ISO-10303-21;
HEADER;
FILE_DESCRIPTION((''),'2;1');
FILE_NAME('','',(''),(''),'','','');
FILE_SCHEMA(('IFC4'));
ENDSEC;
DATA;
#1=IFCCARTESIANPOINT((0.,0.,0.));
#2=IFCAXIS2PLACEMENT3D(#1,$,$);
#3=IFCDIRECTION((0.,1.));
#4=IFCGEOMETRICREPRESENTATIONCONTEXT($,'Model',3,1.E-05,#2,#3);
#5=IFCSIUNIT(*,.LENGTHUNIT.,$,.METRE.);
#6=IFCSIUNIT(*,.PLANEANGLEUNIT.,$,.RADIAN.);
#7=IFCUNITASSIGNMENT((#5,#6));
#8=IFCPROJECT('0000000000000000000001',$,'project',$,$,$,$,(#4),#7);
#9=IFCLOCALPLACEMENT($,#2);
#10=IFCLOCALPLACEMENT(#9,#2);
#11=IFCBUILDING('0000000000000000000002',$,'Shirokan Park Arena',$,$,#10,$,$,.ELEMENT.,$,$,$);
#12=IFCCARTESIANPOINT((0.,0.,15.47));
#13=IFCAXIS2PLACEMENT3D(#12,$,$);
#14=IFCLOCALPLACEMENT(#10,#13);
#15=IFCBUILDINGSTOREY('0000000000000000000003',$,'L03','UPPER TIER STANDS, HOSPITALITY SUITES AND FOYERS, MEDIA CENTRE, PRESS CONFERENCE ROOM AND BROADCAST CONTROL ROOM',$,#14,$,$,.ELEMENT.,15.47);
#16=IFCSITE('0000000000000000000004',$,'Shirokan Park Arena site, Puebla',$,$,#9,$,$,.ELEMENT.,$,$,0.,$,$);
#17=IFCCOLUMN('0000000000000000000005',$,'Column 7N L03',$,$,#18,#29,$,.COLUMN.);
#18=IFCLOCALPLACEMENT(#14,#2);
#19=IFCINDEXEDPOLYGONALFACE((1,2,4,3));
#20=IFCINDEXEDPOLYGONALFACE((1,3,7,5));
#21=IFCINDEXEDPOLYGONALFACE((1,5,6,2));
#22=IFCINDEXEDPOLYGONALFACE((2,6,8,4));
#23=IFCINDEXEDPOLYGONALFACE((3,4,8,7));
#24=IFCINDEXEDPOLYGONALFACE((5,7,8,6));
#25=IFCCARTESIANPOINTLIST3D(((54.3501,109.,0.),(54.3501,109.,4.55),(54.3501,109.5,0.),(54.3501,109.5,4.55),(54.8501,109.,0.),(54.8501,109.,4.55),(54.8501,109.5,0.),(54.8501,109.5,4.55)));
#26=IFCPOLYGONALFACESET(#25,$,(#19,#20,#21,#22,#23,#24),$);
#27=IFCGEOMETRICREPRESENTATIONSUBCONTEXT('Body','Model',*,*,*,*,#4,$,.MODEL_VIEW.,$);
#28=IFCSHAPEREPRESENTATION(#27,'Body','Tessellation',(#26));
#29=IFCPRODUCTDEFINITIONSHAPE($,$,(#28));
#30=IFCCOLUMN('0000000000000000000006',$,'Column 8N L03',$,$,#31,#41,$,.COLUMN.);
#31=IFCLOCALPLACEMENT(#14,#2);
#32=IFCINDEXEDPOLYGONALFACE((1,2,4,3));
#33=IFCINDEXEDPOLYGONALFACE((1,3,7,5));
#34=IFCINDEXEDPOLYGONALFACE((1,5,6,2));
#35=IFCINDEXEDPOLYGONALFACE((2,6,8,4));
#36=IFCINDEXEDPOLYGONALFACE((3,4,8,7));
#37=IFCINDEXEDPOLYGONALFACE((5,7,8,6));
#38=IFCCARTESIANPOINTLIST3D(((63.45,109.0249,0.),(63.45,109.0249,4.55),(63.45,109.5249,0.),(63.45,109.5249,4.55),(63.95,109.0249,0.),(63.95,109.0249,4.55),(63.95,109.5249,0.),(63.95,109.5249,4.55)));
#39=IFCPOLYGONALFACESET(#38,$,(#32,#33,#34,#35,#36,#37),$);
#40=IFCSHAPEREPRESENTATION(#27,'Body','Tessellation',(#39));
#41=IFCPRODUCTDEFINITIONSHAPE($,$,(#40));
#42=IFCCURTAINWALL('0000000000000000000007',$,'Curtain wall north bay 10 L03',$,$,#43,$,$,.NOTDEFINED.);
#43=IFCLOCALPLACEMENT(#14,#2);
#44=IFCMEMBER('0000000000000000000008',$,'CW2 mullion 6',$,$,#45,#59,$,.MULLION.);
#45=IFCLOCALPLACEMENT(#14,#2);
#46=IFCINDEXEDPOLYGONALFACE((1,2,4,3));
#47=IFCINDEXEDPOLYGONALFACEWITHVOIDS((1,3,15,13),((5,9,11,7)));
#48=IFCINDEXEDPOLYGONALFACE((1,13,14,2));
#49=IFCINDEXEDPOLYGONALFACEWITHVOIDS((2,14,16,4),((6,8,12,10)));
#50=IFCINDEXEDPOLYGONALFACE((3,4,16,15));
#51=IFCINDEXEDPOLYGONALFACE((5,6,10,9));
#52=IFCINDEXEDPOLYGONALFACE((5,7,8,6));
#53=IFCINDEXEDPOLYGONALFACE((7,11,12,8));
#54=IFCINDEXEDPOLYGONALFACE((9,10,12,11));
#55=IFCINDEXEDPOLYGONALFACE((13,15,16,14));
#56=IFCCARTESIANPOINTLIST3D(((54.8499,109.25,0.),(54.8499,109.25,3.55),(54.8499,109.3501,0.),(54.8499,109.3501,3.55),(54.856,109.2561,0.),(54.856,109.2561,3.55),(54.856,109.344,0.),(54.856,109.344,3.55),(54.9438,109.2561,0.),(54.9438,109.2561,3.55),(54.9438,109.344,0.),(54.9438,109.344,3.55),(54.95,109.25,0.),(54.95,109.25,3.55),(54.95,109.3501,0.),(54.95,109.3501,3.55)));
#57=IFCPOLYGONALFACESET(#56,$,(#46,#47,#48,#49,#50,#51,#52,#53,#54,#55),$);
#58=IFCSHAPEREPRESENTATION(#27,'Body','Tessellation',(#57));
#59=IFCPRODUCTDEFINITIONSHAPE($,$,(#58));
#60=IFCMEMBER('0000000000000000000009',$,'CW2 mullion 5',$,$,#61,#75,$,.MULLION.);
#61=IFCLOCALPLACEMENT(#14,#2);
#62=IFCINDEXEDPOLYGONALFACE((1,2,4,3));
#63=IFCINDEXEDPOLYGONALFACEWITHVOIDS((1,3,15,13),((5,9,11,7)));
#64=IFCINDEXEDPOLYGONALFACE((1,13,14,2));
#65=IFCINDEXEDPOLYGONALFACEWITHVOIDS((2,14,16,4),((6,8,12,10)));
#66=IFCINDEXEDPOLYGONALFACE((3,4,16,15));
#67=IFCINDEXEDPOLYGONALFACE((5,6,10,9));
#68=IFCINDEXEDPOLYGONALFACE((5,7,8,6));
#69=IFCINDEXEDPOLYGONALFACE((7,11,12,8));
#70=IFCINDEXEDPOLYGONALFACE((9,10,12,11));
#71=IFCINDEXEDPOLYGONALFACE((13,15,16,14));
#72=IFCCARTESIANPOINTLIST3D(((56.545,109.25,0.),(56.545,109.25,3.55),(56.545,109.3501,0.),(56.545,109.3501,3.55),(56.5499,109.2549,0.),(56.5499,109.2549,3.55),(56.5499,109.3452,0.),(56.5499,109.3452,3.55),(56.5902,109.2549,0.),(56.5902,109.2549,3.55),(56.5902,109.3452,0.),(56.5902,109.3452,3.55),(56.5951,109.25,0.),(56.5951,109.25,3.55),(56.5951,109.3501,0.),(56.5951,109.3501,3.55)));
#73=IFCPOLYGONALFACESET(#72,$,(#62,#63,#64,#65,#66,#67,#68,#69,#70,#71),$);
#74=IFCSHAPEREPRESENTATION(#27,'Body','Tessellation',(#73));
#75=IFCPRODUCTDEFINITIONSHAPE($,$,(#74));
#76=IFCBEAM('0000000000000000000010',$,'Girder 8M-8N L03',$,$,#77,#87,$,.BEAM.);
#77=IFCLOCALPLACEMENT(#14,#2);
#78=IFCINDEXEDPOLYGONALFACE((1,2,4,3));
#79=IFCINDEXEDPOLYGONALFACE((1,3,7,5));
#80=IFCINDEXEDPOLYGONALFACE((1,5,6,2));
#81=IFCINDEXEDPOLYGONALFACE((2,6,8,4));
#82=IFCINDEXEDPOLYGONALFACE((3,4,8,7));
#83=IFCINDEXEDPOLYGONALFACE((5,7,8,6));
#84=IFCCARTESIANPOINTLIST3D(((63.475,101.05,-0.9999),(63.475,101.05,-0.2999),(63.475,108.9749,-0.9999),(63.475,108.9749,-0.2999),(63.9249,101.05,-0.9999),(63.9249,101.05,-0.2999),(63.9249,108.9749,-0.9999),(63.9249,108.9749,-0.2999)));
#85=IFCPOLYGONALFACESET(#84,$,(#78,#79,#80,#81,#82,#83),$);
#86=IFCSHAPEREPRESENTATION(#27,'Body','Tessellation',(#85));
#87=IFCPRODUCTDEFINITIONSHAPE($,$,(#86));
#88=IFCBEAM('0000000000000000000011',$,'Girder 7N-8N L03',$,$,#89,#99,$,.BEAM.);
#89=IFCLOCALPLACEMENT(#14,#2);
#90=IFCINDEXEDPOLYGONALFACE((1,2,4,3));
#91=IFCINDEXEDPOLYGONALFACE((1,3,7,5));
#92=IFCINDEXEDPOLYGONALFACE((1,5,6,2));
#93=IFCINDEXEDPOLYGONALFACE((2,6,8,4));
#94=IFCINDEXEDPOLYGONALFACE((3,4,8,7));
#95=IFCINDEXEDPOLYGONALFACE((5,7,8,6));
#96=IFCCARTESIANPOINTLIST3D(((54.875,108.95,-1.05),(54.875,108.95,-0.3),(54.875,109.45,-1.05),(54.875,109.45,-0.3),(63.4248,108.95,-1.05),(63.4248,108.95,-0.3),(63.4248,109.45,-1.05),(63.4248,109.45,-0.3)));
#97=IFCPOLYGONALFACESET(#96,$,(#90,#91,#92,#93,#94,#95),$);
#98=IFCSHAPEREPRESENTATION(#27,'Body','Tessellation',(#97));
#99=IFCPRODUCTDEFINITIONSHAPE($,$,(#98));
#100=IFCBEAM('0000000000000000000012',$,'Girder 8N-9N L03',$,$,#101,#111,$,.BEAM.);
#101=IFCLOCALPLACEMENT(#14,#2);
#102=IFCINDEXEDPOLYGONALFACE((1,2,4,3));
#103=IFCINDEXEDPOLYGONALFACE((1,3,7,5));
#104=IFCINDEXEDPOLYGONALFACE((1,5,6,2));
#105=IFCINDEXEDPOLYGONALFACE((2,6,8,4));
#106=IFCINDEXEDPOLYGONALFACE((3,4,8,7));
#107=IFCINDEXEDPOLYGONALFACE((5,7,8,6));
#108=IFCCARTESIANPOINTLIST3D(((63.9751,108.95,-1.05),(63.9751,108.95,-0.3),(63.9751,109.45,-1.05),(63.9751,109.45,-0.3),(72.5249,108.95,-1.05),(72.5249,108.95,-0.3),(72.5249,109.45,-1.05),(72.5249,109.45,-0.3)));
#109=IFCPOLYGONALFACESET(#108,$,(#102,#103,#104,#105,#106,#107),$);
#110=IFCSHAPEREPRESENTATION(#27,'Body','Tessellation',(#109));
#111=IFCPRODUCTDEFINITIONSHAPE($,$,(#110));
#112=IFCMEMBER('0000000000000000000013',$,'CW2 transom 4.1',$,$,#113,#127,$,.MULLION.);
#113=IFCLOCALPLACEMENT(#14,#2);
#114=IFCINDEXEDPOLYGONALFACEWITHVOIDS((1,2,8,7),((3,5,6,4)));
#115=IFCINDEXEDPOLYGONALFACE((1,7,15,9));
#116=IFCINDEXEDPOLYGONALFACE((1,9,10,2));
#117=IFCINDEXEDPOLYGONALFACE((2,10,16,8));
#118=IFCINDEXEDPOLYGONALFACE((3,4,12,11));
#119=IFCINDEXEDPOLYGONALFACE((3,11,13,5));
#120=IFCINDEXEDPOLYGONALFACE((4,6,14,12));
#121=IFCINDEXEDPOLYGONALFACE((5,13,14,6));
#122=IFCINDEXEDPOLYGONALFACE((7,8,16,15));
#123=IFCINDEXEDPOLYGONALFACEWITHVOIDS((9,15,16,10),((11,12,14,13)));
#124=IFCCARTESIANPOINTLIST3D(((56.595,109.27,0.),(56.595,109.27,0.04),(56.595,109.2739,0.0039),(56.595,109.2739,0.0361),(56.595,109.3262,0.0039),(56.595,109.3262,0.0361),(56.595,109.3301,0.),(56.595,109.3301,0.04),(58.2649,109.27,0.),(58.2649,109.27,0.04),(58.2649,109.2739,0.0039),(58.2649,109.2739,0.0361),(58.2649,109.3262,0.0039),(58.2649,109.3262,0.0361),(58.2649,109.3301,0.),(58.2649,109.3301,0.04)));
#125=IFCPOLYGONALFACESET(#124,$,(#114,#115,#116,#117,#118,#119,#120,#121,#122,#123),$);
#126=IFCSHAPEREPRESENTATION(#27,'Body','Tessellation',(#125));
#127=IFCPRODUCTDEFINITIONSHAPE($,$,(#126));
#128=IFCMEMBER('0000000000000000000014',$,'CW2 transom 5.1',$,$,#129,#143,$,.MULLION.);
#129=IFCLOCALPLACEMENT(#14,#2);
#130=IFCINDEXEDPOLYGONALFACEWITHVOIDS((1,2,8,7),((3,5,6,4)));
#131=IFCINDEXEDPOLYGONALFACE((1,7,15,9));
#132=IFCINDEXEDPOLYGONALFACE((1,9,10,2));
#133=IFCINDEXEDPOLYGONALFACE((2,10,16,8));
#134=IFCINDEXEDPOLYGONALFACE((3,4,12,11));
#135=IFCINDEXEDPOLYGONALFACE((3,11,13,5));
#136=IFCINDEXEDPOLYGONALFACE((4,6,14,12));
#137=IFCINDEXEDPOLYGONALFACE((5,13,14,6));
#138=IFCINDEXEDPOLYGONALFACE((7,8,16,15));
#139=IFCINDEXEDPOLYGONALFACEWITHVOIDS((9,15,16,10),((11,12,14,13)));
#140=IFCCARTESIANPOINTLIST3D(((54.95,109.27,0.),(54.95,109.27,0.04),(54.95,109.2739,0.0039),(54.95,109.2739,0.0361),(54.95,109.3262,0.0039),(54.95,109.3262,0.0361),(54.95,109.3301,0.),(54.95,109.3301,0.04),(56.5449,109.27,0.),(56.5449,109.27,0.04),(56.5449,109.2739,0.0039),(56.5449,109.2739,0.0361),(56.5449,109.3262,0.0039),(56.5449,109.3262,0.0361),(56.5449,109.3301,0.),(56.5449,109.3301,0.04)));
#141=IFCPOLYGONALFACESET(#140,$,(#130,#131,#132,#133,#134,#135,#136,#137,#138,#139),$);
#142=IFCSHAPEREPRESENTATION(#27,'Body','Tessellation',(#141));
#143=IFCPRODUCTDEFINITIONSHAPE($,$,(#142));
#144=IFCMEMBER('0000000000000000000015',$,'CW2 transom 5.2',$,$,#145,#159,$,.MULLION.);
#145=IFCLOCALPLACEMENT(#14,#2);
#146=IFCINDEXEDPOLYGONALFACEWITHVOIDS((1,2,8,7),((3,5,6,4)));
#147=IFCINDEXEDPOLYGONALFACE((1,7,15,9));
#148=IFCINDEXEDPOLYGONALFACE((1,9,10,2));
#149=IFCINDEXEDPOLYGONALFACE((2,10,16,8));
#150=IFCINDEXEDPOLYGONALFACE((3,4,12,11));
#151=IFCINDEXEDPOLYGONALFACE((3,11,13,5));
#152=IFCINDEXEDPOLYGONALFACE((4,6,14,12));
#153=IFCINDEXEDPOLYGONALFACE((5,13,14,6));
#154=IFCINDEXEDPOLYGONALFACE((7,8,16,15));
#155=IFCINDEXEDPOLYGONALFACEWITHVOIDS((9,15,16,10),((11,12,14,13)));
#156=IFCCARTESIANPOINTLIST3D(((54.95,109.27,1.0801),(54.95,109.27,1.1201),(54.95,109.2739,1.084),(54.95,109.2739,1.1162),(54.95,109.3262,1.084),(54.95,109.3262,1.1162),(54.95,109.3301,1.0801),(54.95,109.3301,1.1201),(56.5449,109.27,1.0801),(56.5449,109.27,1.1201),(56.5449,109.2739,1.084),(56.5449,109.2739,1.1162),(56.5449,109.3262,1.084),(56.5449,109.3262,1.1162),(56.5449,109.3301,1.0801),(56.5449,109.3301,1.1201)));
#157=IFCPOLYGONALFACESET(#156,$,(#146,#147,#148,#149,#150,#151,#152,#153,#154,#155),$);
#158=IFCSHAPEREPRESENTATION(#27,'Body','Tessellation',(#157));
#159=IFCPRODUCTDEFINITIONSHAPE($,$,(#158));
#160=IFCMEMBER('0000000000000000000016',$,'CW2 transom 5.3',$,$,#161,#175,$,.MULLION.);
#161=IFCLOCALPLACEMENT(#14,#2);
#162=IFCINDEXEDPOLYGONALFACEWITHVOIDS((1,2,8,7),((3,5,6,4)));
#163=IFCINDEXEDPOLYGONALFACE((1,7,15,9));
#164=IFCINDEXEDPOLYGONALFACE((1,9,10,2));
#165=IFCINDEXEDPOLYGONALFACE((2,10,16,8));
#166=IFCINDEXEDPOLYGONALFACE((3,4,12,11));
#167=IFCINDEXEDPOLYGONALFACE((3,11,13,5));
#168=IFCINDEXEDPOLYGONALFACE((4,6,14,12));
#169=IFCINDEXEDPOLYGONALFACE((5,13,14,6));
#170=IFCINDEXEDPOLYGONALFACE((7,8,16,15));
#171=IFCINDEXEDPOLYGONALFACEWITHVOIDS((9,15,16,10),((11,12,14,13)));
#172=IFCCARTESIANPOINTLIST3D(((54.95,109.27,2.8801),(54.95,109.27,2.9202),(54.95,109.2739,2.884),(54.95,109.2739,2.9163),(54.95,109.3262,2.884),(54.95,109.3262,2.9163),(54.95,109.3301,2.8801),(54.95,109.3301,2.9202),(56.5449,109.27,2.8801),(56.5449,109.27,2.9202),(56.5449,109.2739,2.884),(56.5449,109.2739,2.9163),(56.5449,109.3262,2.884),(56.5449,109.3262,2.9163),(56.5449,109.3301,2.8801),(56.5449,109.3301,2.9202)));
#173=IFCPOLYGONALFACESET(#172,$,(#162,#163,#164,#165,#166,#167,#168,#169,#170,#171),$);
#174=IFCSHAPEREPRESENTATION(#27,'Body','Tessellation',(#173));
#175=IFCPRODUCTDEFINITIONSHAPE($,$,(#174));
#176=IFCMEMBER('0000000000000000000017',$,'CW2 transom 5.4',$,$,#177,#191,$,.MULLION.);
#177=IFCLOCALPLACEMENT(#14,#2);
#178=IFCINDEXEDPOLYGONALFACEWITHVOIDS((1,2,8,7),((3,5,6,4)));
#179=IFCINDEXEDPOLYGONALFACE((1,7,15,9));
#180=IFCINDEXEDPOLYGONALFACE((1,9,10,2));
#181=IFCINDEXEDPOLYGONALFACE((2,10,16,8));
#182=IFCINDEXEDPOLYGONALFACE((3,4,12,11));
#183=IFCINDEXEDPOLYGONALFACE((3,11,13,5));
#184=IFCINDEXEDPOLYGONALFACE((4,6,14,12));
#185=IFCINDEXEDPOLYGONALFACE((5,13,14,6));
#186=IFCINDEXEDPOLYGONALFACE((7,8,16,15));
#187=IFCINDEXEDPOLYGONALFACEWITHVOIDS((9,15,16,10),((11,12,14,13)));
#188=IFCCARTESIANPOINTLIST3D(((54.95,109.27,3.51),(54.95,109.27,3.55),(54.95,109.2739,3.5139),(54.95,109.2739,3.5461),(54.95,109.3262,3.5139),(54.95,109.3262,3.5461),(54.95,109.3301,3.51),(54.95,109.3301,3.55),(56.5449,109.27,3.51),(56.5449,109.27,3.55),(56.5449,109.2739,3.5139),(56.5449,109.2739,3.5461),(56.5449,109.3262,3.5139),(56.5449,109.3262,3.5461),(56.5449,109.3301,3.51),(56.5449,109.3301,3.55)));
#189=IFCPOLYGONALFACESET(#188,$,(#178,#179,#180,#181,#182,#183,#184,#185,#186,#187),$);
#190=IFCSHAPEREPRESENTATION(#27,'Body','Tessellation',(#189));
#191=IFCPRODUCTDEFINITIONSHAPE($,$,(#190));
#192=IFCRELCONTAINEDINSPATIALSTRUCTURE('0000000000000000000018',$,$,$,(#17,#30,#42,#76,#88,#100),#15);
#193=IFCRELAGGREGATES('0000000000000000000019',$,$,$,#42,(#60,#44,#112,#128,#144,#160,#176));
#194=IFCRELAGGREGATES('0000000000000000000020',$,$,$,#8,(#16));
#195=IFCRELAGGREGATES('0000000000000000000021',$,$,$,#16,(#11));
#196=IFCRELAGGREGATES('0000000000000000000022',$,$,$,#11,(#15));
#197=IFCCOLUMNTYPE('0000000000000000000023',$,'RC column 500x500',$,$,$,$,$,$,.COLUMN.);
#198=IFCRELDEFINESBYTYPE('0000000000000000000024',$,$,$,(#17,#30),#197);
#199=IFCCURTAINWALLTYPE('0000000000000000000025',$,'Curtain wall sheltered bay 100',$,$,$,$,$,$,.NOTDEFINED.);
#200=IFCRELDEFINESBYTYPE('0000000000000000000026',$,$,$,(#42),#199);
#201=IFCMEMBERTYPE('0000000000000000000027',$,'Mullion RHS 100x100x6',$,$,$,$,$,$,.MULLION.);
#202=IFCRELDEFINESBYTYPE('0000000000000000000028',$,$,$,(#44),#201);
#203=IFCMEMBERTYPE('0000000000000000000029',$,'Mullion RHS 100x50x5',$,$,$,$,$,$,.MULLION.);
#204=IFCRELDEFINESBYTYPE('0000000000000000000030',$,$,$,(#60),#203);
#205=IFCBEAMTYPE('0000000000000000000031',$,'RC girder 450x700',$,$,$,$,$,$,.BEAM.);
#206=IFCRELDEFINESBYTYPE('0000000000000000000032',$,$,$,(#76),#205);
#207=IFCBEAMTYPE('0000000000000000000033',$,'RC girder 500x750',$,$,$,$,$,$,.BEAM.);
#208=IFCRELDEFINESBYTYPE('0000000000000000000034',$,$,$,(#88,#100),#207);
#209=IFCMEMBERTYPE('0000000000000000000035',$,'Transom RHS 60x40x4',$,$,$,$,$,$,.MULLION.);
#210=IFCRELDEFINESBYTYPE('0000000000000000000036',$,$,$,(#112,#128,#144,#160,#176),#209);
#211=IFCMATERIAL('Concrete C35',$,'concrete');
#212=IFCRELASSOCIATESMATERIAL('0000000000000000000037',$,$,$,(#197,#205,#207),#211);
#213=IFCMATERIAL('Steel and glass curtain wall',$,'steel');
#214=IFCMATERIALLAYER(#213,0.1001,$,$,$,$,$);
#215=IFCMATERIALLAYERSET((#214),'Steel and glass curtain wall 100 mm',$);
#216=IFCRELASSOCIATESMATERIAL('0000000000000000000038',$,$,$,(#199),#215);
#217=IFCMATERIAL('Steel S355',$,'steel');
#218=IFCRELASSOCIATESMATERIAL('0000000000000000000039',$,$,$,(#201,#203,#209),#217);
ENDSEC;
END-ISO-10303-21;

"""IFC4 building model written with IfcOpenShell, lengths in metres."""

from ifc_helpers import new_model, si_unit, direction, frame, origin, origin_2d, place, context, subcontext, project, spatial, rectangle, hollow_rectangle, extrude, material, layer, layer_set, material_profile, profile_set, type_object, element, aggregate, save


model = new_model("IFC4")

# Units and contexts
model_context = context("Model", 3, precision=1e-05, world=origin(), true_north=direction((0.0, 1.0)))
body_context = subcontext(model_context, "Body", "Model", "MODEL_VIEW")
ifc_project = project(units=[si_unit("LENGTHUNIT", "METRE"), si_unit("PLANEANGLEUNIT", "RADIAN")], contexts=[model_context])

# Site, building, storey
site_placement = place(None, origin())
site = spatial("IfcSite", under=ifc_project, at=site_placement, Name="Shirokan Park Arena site, Puebla", CompositionType="ELEMENT", RefElevation=0.0)
building_placement = place(site_placement, origin())
building = spatial("IfcBuilding", under=site, at=building_placement, Name="Shirokan Park Arena", CompositionType="ELEMENT")
storey_placement = place(building_placement, frame((0.0, 0.0, 15.47)))
storey = spatial("IfcBuildingStorey", under=building, at=storey_placement, Name="L03", Description="UPPER TIER STANDS, HOSPITALITY SUITES AND FOYERS, MEDIA CENTRE, PRESS CONFERENCE ROOM AND BROADCAST CONTROL ROOM", CompositionType="ELEMENT", Elevation=15.47)

# Columns
ifc_material_1 = material(Name="Concrete C35", Category="concrete")
ifc_material_profile_1 = material_profile(ifc_material_1, rectangle(XDim=0.5, YDim=0.5, at=origin_2d()), Name="500x500")
ifc_profile_set_1 = profile_set([ifc_material_profile_1], Name="Concrete C35")
column_type = type_object("IfcColumnType", Name="RC column 500x500", PredefinedType="COLUMN", material=ifc_profile_set_1)
for number, where, z_axis, x_axis, name in (
    (1, (54.6001, 109.25, 0.0), (0.0, 0.0, 1.0), (1.0, 0.0, 0.0), "Column 7N L03"),
    (2, (63.7, 109.2749, 0.0), (0.0, 0.0, 1.0), (1.0, 0.0, 0.0), "Column 8N L03"),
):
    element("IfcColumn", number, at=place(storey_placement, frame(where, z_axis=z_axis, x_axis=x_axis)), inside=storey, type_object=column_type, Name=name, PredefinedType="COLUMN", context=body_context, shape_type="SweptSolid", body=[
        extrude(rectangle(XDim=0.5, YDim=0.5, at=origin_2d()), origin(), (0.0, 0.0, 1.0), 4.55),
    ])

# Curtain wall, members
ifc_material_2 = material(Name="Steel and glass curtain wall", Category="steel")
ifc_layer_1 = layer(ifc_material_2, 0.1001)
ifc_layer_set_1 = layer_set([ifc_layer_1], Name="Steel and glass curtain wall 100 mm")
curtain_wall_type = type_object("IfcCurtainWallType", Name="Curtain wall sheltered bay 100", PredefinedType="NOTDEFINED", material=ifc_layer_set_1)
curtain_wall_placement = place(storey_placement, origin())
curtain_wall = element("IfcCurtainWall", 3, at=curtain_wall_placement, inside=storey, type_object=curtain_wall_type, Name="Curtain wall north bay 10 L03", PredefinedType="NOTDEFINED")
ifc_material_3 = material(Name="Steel S355", Category="steel")
ifc_material_profile_2 = material_profile(ifc_material_3, hollow_rectangle(XDim=0.1001, YDim=0.1001, WallThickness=0.0061, at=origin_2d()), Name="RHS 100x100x6")
ifc_profile_set_2 = profile_set([ifc_material_profile_2], Name="Steel S355")
member_type_1 = type_object("IfcMemberType", Name="Mullion RHS 100x100x6", PredefinedType="MULLION", material=ifc_profile_set_2)
member_1_placement = place(storey_placement, frame((54.8999, 109.3, 0.0), z_axis=(0.0, 0.0, 1.0), x_axis=(0.0, -1.0, 0.0)))
member_1 = element("IfcMember", 4, at=member_1_placement, type_object=member_type_1, Name="CW2 mullion 6", PredefinedType="MULLION", context=body_context, shape_type="SweptSolid", body=[
    extrude(hollow_rectangle(XDim=0.1001, YDim=0.1001, WallThickness=0.0061, at=origin_2d()), origin(), (0.0, 0.0, 1.0), 3.55),
])
ifc_material_profile_3 = material_profile(ifc_material_3, hollow_rectangle(XDim=0.1001, YDim=0.05, WallThickness=0.0049, at=origin_2d()), Name="RHS 100x50x5")
ifc_profile_set_3 = profile_set([ifc_material_profile_3], Name="Steel S355")
member_type_2 = type_object("IfcMemberType", Name="Mullion RHS 100x50x5", PredefinedType="MULLION", material=ifc_profile_set_3)
member_2_placement = place(storey_placement, frame((56.5701, 109.3, 0.0), z_axis=(0.0, 0.0, 1.0), x_axis=(0.0, -1.0, 0.0)))
member_2 = element("IfcMember", 5, at=member_2_placement, type_object=member_type_2, Name="CW2 mullion 5", PredefinedType="MULLION", context=body_context, shape_type="SweptSolid", body=[
    extrude(hollow_rectangle(XDim=0.1001, YDim=0.05, WallThickness=0.0049, at=origin_2d()), origin(), (0.0, 0.0, 1.0), 3.55),
])

# Beams
ifc_material_profile_4 = material_profile(ifc_material_1, rectangle(XDim=0.45, YDim=0.7, at=origin_2d()), Name="450x700")
ifc_profile_set_4 = profile_set([ifc_material_profile_4], Name="Concrete C35")
beam_type_1 = type_object("IfcBeamType", Name="RC girder 450x700", PredefinedType="BEAM", material=ifc_profile_set_4)
beam_placement = place(storey_placement, frame((63.7, 101.05, -0.6499), z_axis=(0.0, 1.0, 0.0), x_axis=(-1.0, 0.0, 0.0)))
element("IfcBeam", 6, at=beam_placement, inside=storey, type_object=beam_type_1, Name="Girder 8M-8N L03", PredefinedType="BEAM", context=body_context, shape_type="SweptSolid", body=[
    extrude(rectangle(XDim=0.45, YDim=0.7, at=origin_2d()), origin(), (0.0, 0.0, 1.0), 7.9248),
])
ifc_material_profile_5 = material_profile(ifc_material_1, rectangle(XDim=0.5, YDim=0.75, at=origin_2d()), Name="500x750")
ifc_profile_set_5 = profile_set([ifc_material_profile_5], Name="Concrete C35")
beam_type_2 = type_object("IfcBeamType", Name="RC girder 500x750", PredefinedType="BEAM", material=ifc_profile_set_5)
for number, where, z_axis, x_axis, name in (
    (7, (54.875, 109.2, -0.675), (1.0, 0.0, 0.0), (0.0, 1.0, 0.0), "Girder 7N-8N L03"),
    (8, (63.9751, 109.2, -0.675), (1.0, 0.0, 0.0), (0.0, 1.0, 0.0), "Girder 8N-9N L03"),
):
    element("IfcBeam", number, at=place(storey_placement, frame(where, z_axis=z_axis, x_axis=x_axis)), inside=storey, type_object=beam_type_2, Name=name, PredefinedType="BEAM", context=body_context, shape_type="SweptSolid", body=[
        extrude(rectangle(XDim=0.5, YDim=0.75, at=origin_2d()), origin(), (0.0, 0.0, 1.0), 8.5498),
    ])

# Members
ifc_material_profile_6 = material_profile(ifc_material_3, hollow_rectangle(XDim=0.0601, YDim=0.04, WallThickness=0.0039, at=origin_2d()), Name="RHS 60x40x4")
ifc_profile_set_6 = profile_set([ifc_material_profile_6], Name="Steel S355")
member_type_3 = type_object("IfcMemberType", Name="Transom RHS 60x40x4", PredefinedType="MULLION", material=ifc_profile_set_6)
member_3_placement = place(storey_placement, frame((58.2649, 109.3, 0.02), z_axis=(-1.0, 0.0, 0.0), x_axis=(0.0, -1.0, 0.0)))
member_3 = element("IfcMember", 9, at=member_3_placement, type_object=member_type_3, Name="CW2 transom 4.1", PredefinedType="MULLION", context=body_context, shape_type="SweptSolid", body=[
    extrude(hollow_rectangle(XDim=0.0601, YDim=0.04, WallThickness=0.0039, at=origin_2d()), origin(), (0.0, 0.0, 1.0), 1.6699),
])
member_4_placement = place(storey_placement, frame((56.5449, 109.3, 0.02), z_axis=(-1.0, 0.0, 0.0), x_axis=(0.0, -1.0, 0.0)))
member_4 = element("IfcMember", 10, at=member_4_placement, type_object=member_type_3, Name="CW2 transom 5.1", PredefinedType="MULLION", context=body_context, shape_type="SweptSolid", body=[
    extrude(hollow_rectangle(XDim=0.0601, YDim=0.04, WallThickness=0.0039, at=origin_2d()), origin(), (0.0, 0.0, 1.0), 1.595),
])
member_5_placement = place(storey_placement, frame((56.5449, 109.3, 1.1001), z_axis=(-1.0, 0.0, 0.0), x_axis=(0.0, -1.0, 0.0)))
member_5 = element("IfcMember", 11, at=member_5_placement, type_object=member_type_3, Name="CW2 transom 5.2", PredefinedType="MULLION", context=body_context, shape_type="SweptSolid", body=[
    extrude(hollow_rectangle(XDim=0.0601, YDim=0.04, WallThickness=0.0039, at=origin_2d()), origin(), (0.0, 0.0, 1.0), 1.595),
])
member_6_placement = place(storey_placement, frame((56.5449, 109.3, 2.9001), z_axis=(-1.0, 0.0, 0.0), x_axis=(0.0, -1.0, 0.0)))
member_6 = element("IfcMember", 12, at=member_6_placement, type_object=member_type_3, Name="CW2 transom 5.3", PredefinedType="MULLION", context=body_context, shape_type="SweptSolid", body=[
    extrude(hollow_rectangle(XDim=0.0601, YDim=0.04, WallThickness=0.0039, at=origin_2d()), origin(), (0.0, 0.0, 1.0), 1.595),
])
member_7_placement = place(storey_placement, frame((56.5449, 109.3, 3.53), z_axis=(-1.0, 0.0, 0.0), x_axis=(0.0, -1.0, 0.0)))
member_7 = element("IfcMember", 13, at=member_7_placement, type_object=member_type_3, Name="CW2 transom 5.4", PredefinedType="MULLION", context=body_context, shape_type="SweptSolid", body=[
    extrude(hollow_rectangle(XDim=0.0601, YDim=0.04, WallThickness=0.0039, at=origin_2d()), origin(), (0.0, 0.0, 1.0), 1.595),
])

aggregate(curtain_wall, [member_2, member_1, member_3, member_4, member_5, member_6, member_7])

save(model, "model.ifc")
